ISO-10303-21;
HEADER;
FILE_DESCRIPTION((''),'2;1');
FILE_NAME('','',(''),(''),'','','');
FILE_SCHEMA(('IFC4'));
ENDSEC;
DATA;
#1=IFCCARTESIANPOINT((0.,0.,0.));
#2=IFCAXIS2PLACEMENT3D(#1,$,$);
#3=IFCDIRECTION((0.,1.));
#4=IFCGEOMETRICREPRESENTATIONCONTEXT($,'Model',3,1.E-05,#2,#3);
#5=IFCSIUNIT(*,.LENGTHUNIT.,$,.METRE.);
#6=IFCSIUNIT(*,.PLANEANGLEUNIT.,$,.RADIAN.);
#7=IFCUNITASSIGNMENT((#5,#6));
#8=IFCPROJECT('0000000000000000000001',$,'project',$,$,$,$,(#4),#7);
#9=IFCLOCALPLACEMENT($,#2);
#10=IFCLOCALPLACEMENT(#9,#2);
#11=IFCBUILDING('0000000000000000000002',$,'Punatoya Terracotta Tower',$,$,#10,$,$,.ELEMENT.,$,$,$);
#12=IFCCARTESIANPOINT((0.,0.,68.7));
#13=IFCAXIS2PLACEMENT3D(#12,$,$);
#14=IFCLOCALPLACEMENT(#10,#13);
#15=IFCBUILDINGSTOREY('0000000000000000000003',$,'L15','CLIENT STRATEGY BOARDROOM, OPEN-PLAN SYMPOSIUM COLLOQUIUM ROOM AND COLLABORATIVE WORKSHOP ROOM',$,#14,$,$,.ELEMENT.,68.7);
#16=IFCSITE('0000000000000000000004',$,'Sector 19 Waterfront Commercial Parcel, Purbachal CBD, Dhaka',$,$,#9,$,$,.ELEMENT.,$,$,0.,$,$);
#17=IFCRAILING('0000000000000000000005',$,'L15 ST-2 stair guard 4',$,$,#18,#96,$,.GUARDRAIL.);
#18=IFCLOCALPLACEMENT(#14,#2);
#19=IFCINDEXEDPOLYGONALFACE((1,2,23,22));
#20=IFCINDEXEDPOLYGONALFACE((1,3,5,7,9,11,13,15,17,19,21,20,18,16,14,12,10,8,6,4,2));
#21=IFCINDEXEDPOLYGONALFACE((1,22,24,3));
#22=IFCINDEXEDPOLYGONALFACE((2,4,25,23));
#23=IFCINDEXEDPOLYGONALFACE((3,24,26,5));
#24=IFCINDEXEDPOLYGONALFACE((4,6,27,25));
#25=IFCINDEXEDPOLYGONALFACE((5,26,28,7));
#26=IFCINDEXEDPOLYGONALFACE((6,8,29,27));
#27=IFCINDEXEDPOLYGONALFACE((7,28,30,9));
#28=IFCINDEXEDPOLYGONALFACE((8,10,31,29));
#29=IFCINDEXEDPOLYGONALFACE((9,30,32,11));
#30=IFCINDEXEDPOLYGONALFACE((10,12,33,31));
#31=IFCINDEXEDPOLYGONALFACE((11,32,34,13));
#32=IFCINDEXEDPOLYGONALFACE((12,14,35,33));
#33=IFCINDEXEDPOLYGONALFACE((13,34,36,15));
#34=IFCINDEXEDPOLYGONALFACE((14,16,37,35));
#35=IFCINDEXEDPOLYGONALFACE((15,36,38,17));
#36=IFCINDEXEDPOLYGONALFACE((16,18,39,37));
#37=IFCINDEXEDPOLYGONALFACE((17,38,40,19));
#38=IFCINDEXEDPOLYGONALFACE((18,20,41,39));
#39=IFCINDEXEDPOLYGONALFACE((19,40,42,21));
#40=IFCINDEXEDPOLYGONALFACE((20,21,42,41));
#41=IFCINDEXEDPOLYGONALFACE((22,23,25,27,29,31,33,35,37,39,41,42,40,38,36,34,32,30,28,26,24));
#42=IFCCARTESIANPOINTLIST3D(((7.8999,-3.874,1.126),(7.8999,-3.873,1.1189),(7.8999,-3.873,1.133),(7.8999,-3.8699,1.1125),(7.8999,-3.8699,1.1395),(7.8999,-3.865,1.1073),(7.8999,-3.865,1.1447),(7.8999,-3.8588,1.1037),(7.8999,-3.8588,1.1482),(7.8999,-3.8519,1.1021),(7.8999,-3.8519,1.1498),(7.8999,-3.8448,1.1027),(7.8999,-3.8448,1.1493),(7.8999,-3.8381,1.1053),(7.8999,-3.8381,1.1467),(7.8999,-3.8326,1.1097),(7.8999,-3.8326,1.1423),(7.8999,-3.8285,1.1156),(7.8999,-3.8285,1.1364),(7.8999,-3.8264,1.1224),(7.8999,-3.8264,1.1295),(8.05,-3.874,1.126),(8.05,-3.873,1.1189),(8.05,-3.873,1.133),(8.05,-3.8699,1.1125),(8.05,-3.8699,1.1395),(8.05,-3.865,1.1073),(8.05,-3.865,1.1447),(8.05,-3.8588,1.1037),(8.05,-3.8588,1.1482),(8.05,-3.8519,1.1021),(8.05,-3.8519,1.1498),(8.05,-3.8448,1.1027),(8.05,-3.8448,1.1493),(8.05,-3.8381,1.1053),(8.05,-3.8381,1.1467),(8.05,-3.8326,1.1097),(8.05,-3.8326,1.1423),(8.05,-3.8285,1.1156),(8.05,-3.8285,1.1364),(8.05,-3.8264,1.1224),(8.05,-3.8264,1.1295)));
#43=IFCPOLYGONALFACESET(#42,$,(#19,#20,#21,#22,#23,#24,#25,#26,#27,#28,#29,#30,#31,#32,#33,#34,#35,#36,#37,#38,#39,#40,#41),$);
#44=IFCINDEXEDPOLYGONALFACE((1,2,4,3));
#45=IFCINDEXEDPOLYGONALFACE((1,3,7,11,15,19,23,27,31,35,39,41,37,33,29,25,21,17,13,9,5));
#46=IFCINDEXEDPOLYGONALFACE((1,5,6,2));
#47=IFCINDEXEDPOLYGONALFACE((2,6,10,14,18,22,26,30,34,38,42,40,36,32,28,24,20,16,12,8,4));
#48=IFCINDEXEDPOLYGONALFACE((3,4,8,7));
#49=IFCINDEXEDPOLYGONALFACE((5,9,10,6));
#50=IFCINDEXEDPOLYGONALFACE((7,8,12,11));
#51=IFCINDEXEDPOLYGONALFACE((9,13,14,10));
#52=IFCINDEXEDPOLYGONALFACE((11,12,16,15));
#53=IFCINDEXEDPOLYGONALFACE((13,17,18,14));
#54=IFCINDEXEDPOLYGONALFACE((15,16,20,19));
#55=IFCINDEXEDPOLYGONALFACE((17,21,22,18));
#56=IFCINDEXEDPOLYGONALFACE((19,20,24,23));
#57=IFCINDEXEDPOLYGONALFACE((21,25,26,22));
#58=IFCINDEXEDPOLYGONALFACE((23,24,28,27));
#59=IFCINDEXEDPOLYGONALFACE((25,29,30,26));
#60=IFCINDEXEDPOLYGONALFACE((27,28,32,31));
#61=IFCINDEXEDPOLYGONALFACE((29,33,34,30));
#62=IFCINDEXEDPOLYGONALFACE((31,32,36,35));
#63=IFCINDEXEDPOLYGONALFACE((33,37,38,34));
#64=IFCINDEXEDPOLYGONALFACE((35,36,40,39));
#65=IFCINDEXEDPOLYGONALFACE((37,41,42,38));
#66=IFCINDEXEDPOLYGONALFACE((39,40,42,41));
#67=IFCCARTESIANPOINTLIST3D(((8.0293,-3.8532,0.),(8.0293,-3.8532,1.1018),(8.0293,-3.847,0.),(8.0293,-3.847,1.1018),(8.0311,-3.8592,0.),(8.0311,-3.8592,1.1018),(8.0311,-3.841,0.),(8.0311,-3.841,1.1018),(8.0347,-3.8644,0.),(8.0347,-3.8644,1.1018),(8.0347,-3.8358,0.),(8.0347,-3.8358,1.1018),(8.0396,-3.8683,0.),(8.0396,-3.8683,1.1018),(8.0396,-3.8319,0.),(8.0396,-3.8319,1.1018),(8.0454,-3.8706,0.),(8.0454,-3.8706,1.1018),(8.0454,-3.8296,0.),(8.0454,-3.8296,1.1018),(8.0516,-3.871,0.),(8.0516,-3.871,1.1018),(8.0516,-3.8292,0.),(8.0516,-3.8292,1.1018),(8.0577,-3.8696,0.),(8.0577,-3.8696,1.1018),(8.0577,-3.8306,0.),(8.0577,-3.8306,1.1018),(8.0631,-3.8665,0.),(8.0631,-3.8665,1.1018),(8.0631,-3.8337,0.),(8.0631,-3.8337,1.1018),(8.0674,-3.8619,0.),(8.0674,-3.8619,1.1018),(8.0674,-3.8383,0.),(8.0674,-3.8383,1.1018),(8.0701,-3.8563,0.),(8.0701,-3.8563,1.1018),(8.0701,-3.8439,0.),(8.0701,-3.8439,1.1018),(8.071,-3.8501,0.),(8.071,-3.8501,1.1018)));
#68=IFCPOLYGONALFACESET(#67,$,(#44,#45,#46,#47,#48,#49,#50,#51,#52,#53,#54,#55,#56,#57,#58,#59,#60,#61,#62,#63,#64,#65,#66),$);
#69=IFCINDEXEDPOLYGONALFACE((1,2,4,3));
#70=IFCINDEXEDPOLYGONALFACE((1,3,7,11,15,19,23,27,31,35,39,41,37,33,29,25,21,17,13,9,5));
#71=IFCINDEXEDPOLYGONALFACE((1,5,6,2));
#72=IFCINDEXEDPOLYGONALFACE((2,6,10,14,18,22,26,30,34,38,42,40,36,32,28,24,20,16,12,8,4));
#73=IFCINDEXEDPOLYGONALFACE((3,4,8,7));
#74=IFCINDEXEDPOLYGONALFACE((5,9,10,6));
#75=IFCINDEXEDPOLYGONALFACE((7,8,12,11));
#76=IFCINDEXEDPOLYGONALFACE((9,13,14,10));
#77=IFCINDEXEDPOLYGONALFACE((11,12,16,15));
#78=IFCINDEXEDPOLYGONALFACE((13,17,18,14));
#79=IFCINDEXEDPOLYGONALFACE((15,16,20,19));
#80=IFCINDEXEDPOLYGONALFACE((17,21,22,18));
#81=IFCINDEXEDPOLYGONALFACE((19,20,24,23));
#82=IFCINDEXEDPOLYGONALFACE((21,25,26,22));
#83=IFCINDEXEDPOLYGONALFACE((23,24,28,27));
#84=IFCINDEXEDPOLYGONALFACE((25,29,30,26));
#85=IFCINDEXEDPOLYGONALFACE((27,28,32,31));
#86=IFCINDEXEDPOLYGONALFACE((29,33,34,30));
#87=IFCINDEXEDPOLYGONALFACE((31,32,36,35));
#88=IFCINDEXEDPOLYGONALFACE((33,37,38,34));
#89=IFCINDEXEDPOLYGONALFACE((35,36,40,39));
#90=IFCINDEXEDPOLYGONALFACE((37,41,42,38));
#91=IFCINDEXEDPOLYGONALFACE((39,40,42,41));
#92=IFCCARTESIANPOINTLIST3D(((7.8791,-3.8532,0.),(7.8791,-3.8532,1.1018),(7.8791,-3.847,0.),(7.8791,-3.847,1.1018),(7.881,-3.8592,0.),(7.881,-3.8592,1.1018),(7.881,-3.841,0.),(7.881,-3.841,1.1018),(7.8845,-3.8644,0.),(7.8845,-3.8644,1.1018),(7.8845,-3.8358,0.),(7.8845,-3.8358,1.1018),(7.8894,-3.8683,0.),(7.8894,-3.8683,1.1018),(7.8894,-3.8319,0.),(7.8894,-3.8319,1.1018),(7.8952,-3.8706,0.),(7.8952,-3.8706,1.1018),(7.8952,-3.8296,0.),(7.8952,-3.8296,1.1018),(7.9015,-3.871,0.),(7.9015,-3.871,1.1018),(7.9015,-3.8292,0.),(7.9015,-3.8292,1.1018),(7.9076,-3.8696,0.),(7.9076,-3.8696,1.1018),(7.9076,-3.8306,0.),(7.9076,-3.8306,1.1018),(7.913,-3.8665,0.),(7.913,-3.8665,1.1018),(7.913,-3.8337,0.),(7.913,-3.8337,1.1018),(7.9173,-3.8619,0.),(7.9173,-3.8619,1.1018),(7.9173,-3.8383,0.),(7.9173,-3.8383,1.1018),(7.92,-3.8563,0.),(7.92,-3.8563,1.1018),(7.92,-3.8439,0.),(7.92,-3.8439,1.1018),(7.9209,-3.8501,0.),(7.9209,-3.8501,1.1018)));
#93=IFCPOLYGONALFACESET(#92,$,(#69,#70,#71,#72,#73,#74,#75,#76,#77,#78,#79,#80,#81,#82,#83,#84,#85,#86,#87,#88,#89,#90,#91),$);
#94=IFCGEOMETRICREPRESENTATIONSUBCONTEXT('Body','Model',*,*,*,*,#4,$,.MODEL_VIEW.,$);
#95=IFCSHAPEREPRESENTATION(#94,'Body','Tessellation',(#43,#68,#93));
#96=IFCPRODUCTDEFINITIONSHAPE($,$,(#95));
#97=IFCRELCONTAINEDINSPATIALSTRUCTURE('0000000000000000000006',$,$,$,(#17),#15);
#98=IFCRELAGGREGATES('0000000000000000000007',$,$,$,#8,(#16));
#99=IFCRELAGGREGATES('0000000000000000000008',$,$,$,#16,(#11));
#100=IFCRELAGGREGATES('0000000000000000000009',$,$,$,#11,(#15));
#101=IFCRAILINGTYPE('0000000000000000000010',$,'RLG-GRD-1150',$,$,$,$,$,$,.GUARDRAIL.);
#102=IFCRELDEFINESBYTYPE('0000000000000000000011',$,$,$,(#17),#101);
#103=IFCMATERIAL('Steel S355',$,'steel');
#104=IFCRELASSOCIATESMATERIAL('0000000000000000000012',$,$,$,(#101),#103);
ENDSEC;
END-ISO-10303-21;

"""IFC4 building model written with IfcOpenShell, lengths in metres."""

from ifc_helpers import new_model, si_unit, direction, frame, origin, origin_2d, place, context, subcontext, project, spatial, circle, extrude, material, type_object, element, save


model = new_model("IFC4")

# Units and contexts
model_context = context("Model", 3, precision=1e-05, world=origin(), true_north=direction((0.0, 1.0)))
body_context = subcontext(model_context, "Body", "Model", "MODEL_VIEW")
ifc_project = project(units=[si_unit("LENGTHUNIT", "METRE"), si_unit("PLANEANGLEUNIT", "RADIAN")], contexts=[model_context])

# Site, building, storey
site_placement = place(None, origin())
site = spatial("IfcSite", under=ifc_project, at=site_placement, Name="Sector 19 Waterfront Commercial Parcel, Purbachal CBD, Dhaka", CompositionType="ELEMENT", RefElevation=0.0)
building_placement = place(site_placement, origin())
building = spatial("IfcBuilding", under=site, at=building_placement, Name="Punatoya Terracotta Tower", CompositionType="ELEMENT")
storey_placement = place(building_placement, frame((0.0, 0.0, 68.7)))
storey = spatial("IfcBuildingStorey", under=building, at=storey_placement, Name="L15", Description="CLIENT STRATEGY BOARDROOM, OPEN-PLAN SYMPOSIUM COLLOQUIUM ROOM AND COLLABORATIVE WORKSHOP ROOM", CompositionType="ELEMENT", Elevation=68.7)

# Railing
ifc_material_1 = material(Name="Steel S355", Category="steel")
railing_type = type_object("IfcRailingType", Name="RLG-GRD-1150", PredefinedType="GUARDRAIL", material=ifc_material_1)
railing_placement = place(storey_placement, frame((8.05, -3.8501, 0.0)))
element("IfcRailing", 1, at=railing_placement, inside=storey, type_object=railing_type, Name="L15 ST-2 stair guard 4", PredefinedType="GUARDRAIL", context=body_context, shape_type="SweptSolid", body=[
    extrude(circle(Radius=0.0239, at=origin_2d()), frame((0.0, 0.0, 1.126), z_axis=(-1.0, 0.0, 0.0), x_axis=(0.0, -1.0, 0.0)), (0.0, 0.0, 1.0), 0.1501),
    extrude(circle(Radius=0.021, at=origin_2d()), origin(), (0.0, 0.0, 1.0), 1.1018),
    extrude(circle(Radius=0.021, at=origin_2d()), frame((-0.1501, 0.0, 0.0)), (0.0, 0.0, 1.0), 1.1018),
])

save(model, "model.ifc")
